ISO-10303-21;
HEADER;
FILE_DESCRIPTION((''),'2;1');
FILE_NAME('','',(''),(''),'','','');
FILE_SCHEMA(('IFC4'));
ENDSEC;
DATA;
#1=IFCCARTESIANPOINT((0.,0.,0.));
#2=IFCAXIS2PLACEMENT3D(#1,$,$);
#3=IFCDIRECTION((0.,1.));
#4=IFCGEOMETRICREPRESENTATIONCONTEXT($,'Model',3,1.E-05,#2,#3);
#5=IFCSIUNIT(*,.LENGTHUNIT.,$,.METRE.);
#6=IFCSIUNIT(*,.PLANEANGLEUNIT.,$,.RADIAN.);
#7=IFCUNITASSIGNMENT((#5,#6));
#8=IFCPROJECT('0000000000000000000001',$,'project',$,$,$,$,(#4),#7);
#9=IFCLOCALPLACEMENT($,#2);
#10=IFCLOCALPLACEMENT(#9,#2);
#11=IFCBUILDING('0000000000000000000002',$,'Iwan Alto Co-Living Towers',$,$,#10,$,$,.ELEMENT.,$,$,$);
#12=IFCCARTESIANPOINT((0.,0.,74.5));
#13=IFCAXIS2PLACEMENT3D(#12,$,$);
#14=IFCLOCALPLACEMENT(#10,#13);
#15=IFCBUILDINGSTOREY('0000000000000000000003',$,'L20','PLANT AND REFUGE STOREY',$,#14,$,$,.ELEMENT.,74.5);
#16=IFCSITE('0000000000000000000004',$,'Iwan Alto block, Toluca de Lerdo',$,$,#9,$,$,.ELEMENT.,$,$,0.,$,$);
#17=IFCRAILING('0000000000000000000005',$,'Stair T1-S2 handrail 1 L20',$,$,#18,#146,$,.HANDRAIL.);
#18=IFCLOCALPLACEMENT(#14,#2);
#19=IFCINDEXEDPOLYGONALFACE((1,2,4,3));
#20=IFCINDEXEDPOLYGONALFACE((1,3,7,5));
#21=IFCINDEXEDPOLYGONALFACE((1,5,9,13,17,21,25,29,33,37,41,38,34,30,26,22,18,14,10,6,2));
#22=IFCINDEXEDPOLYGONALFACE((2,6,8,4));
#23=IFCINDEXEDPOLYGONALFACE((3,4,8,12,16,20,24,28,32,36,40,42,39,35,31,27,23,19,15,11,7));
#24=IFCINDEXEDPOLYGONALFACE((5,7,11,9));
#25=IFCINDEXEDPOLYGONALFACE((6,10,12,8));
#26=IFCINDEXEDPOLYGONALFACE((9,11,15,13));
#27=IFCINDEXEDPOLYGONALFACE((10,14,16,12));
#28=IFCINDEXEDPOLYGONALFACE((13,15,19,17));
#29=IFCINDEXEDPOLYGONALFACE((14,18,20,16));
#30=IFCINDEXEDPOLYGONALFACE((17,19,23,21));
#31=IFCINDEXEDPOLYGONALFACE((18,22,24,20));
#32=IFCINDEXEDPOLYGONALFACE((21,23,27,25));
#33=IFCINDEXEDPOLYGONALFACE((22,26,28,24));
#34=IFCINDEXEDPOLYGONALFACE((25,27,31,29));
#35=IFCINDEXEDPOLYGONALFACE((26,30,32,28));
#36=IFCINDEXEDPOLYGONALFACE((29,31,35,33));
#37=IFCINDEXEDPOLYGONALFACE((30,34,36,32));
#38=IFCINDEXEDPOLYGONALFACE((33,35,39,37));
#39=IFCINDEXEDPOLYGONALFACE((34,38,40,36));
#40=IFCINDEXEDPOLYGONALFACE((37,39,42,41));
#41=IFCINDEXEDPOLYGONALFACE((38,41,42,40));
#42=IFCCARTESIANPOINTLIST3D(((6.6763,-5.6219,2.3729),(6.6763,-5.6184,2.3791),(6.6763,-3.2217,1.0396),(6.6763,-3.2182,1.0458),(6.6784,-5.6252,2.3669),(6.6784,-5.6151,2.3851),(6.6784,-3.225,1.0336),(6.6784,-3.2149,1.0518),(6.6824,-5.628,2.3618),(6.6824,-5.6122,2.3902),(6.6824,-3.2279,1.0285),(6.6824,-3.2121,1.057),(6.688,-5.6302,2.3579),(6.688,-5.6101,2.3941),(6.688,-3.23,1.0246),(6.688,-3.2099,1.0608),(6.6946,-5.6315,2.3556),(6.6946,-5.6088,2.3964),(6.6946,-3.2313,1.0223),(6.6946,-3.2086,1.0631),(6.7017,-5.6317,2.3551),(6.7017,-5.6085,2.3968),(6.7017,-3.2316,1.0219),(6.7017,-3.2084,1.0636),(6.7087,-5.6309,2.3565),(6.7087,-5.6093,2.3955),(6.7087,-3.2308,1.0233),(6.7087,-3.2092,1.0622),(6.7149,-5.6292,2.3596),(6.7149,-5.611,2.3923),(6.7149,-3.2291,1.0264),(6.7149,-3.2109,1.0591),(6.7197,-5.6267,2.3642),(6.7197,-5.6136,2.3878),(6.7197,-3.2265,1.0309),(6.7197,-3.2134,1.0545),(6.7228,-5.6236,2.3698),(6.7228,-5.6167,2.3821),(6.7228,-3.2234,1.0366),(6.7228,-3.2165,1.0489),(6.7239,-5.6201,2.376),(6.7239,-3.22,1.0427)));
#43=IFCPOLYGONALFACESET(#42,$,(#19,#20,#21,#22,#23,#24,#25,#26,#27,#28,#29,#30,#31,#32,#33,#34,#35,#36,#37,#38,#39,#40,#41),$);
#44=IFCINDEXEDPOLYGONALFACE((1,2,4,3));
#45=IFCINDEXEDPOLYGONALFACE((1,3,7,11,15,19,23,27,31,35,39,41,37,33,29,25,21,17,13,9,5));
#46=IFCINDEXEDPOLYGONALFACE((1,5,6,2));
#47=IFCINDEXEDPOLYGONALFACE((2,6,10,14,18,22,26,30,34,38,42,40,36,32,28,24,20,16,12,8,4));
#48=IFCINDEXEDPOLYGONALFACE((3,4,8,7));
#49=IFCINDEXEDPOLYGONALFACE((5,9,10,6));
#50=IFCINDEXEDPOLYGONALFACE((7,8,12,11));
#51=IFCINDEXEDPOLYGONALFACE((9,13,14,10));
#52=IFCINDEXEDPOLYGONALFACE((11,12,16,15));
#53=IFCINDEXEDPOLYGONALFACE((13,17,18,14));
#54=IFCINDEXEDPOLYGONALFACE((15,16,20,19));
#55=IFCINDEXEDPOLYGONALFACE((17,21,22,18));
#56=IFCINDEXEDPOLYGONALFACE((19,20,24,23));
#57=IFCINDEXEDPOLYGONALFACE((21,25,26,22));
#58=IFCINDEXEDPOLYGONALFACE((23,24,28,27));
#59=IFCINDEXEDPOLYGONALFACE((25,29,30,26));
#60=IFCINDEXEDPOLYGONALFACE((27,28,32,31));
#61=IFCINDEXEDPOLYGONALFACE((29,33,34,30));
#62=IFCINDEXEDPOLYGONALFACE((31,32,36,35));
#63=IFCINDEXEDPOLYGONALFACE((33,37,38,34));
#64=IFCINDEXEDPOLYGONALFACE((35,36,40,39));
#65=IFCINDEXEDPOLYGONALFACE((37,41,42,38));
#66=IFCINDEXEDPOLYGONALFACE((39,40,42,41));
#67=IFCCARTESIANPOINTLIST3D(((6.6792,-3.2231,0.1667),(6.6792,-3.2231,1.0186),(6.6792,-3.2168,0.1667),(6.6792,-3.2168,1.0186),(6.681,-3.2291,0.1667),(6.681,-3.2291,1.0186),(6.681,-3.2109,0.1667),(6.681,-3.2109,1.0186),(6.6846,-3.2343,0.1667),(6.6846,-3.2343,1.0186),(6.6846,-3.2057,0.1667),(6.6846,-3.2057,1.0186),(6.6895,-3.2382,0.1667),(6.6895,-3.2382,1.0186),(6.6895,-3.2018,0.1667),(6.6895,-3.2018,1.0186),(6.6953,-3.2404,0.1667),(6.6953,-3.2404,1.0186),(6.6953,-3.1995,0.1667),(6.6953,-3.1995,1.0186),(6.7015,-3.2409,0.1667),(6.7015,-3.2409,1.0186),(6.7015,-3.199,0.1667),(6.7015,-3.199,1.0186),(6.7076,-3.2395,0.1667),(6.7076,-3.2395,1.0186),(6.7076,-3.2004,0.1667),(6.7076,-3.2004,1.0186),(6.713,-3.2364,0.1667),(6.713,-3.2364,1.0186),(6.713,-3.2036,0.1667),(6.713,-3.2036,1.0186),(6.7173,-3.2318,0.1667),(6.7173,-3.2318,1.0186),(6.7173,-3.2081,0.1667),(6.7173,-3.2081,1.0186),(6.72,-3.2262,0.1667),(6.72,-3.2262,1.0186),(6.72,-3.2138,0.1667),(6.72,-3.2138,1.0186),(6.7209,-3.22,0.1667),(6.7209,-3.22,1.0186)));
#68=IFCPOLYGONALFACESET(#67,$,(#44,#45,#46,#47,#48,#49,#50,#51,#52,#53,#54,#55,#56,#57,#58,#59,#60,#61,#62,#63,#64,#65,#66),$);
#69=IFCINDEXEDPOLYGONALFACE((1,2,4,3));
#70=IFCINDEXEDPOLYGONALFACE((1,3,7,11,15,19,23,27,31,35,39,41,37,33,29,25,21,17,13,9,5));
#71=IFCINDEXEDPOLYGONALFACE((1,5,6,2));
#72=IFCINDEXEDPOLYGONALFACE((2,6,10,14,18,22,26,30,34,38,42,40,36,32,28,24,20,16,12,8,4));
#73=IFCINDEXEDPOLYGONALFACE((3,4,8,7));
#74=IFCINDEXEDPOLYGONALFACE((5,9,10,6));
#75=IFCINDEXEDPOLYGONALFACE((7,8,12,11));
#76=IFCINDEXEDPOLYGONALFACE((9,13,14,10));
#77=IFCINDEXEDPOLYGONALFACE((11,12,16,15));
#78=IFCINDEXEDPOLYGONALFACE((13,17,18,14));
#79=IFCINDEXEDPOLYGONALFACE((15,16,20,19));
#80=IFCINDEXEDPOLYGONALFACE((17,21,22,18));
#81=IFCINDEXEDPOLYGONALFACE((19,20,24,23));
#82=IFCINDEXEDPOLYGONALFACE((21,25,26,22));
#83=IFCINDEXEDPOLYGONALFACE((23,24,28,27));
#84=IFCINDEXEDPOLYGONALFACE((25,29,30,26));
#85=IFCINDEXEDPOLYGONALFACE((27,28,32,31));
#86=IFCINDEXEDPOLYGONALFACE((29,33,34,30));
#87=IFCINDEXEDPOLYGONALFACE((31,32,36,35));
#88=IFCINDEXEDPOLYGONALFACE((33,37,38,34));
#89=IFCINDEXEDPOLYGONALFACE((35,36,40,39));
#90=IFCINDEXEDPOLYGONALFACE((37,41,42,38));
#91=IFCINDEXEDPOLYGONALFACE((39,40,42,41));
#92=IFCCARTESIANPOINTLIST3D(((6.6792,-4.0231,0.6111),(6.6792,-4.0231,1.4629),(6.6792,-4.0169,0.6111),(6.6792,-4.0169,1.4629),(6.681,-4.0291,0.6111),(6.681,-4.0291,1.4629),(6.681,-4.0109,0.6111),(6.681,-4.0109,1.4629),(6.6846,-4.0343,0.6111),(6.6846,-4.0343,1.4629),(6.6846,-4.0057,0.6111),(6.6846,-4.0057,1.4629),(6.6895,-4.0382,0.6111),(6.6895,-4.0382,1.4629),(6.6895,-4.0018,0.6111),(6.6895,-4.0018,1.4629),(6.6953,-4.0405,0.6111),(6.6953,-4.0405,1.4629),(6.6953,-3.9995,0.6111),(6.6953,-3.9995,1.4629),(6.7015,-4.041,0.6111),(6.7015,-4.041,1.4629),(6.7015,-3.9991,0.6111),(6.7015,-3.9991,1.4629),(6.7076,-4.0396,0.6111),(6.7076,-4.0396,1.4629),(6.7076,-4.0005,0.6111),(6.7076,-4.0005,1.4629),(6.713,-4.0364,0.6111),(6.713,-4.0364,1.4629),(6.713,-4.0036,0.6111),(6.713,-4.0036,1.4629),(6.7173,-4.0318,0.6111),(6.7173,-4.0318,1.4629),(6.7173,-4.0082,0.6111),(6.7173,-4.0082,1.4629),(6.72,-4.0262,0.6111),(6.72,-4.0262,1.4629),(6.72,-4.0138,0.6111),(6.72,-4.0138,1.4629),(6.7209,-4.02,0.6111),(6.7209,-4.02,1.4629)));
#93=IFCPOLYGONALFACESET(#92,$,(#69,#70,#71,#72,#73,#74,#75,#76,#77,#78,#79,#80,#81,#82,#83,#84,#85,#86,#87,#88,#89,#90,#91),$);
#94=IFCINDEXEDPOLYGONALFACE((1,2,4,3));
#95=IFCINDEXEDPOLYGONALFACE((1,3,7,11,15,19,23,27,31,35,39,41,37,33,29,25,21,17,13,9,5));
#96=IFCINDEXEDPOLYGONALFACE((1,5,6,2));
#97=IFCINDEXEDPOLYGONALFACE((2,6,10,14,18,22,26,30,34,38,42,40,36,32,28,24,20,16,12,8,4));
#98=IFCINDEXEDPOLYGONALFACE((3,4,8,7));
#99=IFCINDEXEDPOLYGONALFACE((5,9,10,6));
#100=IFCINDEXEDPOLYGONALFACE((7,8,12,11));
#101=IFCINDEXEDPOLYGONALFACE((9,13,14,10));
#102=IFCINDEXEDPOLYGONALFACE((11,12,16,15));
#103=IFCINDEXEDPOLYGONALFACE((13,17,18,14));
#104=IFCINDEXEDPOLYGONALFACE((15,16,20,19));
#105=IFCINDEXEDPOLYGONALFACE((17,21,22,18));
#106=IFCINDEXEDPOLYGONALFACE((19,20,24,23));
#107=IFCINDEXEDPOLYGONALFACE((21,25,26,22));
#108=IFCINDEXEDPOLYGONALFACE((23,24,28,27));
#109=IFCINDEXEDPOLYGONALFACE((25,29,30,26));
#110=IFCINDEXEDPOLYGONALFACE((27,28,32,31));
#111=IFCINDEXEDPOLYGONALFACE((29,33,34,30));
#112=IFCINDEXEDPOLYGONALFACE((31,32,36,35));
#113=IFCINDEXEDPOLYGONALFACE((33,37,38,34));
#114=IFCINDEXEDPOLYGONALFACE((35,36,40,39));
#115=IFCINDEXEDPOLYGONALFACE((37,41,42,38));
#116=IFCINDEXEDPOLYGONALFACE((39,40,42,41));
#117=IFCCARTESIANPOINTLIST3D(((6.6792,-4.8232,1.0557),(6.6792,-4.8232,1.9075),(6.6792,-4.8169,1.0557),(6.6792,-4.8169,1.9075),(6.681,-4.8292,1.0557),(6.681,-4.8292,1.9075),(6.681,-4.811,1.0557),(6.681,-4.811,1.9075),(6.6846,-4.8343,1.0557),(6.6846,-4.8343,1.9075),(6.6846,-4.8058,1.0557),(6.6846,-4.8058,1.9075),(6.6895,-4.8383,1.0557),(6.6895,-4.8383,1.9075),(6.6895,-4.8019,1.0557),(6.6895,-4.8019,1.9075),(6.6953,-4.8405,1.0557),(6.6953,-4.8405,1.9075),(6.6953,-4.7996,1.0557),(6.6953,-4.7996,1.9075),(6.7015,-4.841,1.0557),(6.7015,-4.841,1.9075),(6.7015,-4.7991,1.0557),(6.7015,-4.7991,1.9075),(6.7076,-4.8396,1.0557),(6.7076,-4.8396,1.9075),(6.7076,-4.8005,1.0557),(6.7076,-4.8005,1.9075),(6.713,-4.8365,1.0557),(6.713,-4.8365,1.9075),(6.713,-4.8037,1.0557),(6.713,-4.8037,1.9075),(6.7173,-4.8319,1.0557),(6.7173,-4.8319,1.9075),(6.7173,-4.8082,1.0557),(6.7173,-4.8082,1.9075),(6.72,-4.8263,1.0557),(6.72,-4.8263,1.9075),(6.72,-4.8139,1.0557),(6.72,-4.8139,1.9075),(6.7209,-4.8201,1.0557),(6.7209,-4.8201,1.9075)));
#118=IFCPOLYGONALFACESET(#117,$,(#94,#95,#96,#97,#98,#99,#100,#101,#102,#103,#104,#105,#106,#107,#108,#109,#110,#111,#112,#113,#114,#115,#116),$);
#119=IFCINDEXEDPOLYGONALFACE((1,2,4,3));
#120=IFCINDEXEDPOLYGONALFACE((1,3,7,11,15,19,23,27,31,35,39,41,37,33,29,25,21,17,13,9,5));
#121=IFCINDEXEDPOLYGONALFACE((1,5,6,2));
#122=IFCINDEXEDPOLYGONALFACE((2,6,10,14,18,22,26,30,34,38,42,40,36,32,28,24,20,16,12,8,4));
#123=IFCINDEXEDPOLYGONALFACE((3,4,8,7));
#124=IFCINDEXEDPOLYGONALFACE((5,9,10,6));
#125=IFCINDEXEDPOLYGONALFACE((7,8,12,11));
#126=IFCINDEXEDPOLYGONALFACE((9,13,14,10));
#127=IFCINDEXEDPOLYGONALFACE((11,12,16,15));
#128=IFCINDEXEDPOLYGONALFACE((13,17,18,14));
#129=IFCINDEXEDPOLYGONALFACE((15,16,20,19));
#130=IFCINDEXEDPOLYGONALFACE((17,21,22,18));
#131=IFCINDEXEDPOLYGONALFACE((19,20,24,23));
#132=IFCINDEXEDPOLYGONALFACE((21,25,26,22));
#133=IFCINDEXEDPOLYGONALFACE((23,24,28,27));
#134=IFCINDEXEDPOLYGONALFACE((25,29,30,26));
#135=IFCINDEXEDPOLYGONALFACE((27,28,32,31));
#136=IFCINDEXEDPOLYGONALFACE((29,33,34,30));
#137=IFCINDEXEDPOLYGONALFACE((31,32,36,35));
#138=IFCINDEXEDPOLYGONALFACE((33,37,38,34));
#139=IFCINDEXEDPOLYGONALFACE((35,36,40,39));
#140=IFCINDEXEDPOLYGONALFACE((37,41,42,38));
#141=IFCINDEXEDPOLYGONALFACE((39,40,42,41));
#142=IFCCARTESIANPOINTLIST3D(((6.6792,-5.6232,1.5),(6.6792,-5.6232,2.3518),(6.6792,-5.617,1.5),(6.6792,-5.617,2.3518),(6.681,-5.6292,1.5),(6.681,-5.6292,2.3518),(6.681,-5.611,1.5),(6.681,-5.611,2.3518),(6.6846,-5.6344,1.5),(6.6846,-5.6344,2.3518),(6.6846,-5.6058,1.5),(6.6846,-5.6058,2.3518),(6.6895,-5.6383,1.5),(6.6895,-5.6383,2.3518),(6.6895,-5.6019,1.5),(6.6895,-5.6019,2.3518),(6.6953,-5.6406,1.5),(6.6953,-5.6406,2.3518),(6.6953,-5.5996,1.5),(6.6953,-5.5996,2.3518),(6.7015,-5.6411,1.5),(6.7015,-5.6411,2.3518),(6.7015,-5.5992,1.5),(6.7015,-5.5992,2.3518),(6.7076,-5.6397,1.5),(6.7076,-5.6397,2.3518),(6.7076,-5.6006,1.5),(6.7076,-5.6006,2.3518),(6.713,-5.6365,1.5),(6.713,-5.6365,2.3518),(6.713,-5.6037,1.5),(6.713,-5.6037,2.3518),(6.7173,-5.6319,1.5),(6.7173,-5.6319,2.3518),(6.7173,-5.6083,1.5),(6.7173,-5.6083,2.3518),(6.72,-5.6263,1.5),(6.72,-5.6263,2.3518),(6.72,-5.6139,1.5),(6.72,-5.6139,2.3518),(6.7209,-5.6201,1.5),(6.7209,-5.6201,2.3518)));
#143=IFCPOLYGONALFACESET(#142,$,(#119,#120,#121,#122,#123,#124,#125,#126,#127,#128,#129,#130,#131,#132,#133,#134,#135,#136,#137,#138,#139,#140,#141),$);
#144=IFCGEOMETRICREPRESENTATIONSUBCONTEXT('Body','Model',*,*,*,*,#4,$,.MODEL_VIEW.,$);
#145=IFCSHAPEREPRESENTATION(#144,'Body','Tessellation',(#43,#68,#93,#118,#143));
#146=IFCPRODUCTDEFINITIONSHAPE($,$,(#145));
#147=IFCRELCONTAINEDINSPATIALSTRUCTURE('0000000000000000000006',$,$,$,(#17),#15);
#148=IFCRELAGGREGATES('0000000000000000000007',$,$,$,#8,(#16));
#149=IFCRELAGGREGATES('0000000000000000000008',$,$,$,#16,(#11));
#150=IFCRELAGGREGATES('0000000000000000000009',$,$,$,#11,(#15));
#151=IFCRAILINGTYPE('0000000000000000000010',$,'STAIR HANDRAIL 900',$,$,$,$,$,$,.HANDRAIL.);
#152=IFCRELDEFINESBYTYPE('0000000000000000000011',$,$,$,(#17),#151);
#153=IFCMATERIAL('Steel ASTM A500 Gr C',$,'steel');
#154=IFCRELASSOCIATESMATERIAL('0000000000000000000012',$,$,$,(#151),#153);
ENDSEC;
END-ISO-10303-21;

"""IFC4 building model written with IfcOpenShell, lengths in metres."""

from ifc_helpers import new_model, si_unit, direction, frame, origin, origin_2d, place, context, subcontext, project, spatial, circle, extrude, material, type_object, element, save


model = new_model("IFC4")

# Units and contexts
model_context = context("Model", 3, precision=1e-05, world=origin(), true_north=direction((0.0, 1.0)))
body_context = subcontext(model_context, "Body", "Model", "MODEL_VIEW")
ifc_project = project(units=[si_unit("LENGTHUNIT", "METRE"), si_unit("PLANEANGLEUNIT", "RADIAN")], contexts=[model_context])

# Site, building, storey
site_placement = place(None, origin())
site = spatial("IfcSite", under=ifc_project, at=site_placement, Name="Iwan Alto block, Toluca de Lerdo", CompositionType="ELEMENT", RefElevation=0.0)
building_placement = place(site_placement, origin())
building = spatial("IfcBuilding", under=site, at=building_placement, Name="Iwan Alto Co-Living Towers", CompositionType="ELEMENT")
storey_placement = place(building_placement, frame((0.0, 0.0, 74.5)))
storey = spatial("IfcBuildingStorey", under=building, at=storey_placement, Name="L20", Description="PLANT AND REFUGE STOREY", CompositionType="ELEMENT", Elevation=74.5)

# Railing
ifc_material_1 = material(Name="Steel ASTM A500 Gr C", Category="steel")
railing_type_1 = type_object("IfcRailingType", Name="STAIR HANDRAIL 900", PredefinedType="HANDRAIL", material=ifc_material_1)
railing_1_placement = place(storey_placement, frame((6.7, -3.22, 0.1667)))
element("IfcRailing", 1, at=railing_1_placement, inside=storey, type_object=railing_type_1, Name="Stair T1-S2 handrail 1 L20", PredefinedType="HANDRAIL", context=body_context, shape_type="SweptSolid", body=[
    extrude(circle(Radius=0.0239, at=origin_2d()), frame((0.0, 0.0, 0.876), z_axis=(0.0, -0.874182, 0.485598), x_axis=(1.0, 0.0, 0.0)), (0.0, 0.0, 1.0), 2.7456),
    extrude(circle(Radius=0.021, at=origin_2d()), origin(), (0.0, 0.0, 1.0), 0.8518),
    extrude(circle(Radius=0.021, at=origin_2d()), frame((0.0, -0.8, 0.4443)), (0.0, 0.0, 1.0), 0.8518),
    extrude(circle(Radius=0.021, at=origin_2d()), frame((0.0, -1.6001, 0.8889)), (0.0, 0.0, 1.0), 0.8518),
    extrude(circle(Radius=0.021, at=origin_2d()), frame((0.0, -2.4001, 1.3333)), (0.0, 0.0, 1.0), 0.8518),
])

save(model, "model.ifc")
